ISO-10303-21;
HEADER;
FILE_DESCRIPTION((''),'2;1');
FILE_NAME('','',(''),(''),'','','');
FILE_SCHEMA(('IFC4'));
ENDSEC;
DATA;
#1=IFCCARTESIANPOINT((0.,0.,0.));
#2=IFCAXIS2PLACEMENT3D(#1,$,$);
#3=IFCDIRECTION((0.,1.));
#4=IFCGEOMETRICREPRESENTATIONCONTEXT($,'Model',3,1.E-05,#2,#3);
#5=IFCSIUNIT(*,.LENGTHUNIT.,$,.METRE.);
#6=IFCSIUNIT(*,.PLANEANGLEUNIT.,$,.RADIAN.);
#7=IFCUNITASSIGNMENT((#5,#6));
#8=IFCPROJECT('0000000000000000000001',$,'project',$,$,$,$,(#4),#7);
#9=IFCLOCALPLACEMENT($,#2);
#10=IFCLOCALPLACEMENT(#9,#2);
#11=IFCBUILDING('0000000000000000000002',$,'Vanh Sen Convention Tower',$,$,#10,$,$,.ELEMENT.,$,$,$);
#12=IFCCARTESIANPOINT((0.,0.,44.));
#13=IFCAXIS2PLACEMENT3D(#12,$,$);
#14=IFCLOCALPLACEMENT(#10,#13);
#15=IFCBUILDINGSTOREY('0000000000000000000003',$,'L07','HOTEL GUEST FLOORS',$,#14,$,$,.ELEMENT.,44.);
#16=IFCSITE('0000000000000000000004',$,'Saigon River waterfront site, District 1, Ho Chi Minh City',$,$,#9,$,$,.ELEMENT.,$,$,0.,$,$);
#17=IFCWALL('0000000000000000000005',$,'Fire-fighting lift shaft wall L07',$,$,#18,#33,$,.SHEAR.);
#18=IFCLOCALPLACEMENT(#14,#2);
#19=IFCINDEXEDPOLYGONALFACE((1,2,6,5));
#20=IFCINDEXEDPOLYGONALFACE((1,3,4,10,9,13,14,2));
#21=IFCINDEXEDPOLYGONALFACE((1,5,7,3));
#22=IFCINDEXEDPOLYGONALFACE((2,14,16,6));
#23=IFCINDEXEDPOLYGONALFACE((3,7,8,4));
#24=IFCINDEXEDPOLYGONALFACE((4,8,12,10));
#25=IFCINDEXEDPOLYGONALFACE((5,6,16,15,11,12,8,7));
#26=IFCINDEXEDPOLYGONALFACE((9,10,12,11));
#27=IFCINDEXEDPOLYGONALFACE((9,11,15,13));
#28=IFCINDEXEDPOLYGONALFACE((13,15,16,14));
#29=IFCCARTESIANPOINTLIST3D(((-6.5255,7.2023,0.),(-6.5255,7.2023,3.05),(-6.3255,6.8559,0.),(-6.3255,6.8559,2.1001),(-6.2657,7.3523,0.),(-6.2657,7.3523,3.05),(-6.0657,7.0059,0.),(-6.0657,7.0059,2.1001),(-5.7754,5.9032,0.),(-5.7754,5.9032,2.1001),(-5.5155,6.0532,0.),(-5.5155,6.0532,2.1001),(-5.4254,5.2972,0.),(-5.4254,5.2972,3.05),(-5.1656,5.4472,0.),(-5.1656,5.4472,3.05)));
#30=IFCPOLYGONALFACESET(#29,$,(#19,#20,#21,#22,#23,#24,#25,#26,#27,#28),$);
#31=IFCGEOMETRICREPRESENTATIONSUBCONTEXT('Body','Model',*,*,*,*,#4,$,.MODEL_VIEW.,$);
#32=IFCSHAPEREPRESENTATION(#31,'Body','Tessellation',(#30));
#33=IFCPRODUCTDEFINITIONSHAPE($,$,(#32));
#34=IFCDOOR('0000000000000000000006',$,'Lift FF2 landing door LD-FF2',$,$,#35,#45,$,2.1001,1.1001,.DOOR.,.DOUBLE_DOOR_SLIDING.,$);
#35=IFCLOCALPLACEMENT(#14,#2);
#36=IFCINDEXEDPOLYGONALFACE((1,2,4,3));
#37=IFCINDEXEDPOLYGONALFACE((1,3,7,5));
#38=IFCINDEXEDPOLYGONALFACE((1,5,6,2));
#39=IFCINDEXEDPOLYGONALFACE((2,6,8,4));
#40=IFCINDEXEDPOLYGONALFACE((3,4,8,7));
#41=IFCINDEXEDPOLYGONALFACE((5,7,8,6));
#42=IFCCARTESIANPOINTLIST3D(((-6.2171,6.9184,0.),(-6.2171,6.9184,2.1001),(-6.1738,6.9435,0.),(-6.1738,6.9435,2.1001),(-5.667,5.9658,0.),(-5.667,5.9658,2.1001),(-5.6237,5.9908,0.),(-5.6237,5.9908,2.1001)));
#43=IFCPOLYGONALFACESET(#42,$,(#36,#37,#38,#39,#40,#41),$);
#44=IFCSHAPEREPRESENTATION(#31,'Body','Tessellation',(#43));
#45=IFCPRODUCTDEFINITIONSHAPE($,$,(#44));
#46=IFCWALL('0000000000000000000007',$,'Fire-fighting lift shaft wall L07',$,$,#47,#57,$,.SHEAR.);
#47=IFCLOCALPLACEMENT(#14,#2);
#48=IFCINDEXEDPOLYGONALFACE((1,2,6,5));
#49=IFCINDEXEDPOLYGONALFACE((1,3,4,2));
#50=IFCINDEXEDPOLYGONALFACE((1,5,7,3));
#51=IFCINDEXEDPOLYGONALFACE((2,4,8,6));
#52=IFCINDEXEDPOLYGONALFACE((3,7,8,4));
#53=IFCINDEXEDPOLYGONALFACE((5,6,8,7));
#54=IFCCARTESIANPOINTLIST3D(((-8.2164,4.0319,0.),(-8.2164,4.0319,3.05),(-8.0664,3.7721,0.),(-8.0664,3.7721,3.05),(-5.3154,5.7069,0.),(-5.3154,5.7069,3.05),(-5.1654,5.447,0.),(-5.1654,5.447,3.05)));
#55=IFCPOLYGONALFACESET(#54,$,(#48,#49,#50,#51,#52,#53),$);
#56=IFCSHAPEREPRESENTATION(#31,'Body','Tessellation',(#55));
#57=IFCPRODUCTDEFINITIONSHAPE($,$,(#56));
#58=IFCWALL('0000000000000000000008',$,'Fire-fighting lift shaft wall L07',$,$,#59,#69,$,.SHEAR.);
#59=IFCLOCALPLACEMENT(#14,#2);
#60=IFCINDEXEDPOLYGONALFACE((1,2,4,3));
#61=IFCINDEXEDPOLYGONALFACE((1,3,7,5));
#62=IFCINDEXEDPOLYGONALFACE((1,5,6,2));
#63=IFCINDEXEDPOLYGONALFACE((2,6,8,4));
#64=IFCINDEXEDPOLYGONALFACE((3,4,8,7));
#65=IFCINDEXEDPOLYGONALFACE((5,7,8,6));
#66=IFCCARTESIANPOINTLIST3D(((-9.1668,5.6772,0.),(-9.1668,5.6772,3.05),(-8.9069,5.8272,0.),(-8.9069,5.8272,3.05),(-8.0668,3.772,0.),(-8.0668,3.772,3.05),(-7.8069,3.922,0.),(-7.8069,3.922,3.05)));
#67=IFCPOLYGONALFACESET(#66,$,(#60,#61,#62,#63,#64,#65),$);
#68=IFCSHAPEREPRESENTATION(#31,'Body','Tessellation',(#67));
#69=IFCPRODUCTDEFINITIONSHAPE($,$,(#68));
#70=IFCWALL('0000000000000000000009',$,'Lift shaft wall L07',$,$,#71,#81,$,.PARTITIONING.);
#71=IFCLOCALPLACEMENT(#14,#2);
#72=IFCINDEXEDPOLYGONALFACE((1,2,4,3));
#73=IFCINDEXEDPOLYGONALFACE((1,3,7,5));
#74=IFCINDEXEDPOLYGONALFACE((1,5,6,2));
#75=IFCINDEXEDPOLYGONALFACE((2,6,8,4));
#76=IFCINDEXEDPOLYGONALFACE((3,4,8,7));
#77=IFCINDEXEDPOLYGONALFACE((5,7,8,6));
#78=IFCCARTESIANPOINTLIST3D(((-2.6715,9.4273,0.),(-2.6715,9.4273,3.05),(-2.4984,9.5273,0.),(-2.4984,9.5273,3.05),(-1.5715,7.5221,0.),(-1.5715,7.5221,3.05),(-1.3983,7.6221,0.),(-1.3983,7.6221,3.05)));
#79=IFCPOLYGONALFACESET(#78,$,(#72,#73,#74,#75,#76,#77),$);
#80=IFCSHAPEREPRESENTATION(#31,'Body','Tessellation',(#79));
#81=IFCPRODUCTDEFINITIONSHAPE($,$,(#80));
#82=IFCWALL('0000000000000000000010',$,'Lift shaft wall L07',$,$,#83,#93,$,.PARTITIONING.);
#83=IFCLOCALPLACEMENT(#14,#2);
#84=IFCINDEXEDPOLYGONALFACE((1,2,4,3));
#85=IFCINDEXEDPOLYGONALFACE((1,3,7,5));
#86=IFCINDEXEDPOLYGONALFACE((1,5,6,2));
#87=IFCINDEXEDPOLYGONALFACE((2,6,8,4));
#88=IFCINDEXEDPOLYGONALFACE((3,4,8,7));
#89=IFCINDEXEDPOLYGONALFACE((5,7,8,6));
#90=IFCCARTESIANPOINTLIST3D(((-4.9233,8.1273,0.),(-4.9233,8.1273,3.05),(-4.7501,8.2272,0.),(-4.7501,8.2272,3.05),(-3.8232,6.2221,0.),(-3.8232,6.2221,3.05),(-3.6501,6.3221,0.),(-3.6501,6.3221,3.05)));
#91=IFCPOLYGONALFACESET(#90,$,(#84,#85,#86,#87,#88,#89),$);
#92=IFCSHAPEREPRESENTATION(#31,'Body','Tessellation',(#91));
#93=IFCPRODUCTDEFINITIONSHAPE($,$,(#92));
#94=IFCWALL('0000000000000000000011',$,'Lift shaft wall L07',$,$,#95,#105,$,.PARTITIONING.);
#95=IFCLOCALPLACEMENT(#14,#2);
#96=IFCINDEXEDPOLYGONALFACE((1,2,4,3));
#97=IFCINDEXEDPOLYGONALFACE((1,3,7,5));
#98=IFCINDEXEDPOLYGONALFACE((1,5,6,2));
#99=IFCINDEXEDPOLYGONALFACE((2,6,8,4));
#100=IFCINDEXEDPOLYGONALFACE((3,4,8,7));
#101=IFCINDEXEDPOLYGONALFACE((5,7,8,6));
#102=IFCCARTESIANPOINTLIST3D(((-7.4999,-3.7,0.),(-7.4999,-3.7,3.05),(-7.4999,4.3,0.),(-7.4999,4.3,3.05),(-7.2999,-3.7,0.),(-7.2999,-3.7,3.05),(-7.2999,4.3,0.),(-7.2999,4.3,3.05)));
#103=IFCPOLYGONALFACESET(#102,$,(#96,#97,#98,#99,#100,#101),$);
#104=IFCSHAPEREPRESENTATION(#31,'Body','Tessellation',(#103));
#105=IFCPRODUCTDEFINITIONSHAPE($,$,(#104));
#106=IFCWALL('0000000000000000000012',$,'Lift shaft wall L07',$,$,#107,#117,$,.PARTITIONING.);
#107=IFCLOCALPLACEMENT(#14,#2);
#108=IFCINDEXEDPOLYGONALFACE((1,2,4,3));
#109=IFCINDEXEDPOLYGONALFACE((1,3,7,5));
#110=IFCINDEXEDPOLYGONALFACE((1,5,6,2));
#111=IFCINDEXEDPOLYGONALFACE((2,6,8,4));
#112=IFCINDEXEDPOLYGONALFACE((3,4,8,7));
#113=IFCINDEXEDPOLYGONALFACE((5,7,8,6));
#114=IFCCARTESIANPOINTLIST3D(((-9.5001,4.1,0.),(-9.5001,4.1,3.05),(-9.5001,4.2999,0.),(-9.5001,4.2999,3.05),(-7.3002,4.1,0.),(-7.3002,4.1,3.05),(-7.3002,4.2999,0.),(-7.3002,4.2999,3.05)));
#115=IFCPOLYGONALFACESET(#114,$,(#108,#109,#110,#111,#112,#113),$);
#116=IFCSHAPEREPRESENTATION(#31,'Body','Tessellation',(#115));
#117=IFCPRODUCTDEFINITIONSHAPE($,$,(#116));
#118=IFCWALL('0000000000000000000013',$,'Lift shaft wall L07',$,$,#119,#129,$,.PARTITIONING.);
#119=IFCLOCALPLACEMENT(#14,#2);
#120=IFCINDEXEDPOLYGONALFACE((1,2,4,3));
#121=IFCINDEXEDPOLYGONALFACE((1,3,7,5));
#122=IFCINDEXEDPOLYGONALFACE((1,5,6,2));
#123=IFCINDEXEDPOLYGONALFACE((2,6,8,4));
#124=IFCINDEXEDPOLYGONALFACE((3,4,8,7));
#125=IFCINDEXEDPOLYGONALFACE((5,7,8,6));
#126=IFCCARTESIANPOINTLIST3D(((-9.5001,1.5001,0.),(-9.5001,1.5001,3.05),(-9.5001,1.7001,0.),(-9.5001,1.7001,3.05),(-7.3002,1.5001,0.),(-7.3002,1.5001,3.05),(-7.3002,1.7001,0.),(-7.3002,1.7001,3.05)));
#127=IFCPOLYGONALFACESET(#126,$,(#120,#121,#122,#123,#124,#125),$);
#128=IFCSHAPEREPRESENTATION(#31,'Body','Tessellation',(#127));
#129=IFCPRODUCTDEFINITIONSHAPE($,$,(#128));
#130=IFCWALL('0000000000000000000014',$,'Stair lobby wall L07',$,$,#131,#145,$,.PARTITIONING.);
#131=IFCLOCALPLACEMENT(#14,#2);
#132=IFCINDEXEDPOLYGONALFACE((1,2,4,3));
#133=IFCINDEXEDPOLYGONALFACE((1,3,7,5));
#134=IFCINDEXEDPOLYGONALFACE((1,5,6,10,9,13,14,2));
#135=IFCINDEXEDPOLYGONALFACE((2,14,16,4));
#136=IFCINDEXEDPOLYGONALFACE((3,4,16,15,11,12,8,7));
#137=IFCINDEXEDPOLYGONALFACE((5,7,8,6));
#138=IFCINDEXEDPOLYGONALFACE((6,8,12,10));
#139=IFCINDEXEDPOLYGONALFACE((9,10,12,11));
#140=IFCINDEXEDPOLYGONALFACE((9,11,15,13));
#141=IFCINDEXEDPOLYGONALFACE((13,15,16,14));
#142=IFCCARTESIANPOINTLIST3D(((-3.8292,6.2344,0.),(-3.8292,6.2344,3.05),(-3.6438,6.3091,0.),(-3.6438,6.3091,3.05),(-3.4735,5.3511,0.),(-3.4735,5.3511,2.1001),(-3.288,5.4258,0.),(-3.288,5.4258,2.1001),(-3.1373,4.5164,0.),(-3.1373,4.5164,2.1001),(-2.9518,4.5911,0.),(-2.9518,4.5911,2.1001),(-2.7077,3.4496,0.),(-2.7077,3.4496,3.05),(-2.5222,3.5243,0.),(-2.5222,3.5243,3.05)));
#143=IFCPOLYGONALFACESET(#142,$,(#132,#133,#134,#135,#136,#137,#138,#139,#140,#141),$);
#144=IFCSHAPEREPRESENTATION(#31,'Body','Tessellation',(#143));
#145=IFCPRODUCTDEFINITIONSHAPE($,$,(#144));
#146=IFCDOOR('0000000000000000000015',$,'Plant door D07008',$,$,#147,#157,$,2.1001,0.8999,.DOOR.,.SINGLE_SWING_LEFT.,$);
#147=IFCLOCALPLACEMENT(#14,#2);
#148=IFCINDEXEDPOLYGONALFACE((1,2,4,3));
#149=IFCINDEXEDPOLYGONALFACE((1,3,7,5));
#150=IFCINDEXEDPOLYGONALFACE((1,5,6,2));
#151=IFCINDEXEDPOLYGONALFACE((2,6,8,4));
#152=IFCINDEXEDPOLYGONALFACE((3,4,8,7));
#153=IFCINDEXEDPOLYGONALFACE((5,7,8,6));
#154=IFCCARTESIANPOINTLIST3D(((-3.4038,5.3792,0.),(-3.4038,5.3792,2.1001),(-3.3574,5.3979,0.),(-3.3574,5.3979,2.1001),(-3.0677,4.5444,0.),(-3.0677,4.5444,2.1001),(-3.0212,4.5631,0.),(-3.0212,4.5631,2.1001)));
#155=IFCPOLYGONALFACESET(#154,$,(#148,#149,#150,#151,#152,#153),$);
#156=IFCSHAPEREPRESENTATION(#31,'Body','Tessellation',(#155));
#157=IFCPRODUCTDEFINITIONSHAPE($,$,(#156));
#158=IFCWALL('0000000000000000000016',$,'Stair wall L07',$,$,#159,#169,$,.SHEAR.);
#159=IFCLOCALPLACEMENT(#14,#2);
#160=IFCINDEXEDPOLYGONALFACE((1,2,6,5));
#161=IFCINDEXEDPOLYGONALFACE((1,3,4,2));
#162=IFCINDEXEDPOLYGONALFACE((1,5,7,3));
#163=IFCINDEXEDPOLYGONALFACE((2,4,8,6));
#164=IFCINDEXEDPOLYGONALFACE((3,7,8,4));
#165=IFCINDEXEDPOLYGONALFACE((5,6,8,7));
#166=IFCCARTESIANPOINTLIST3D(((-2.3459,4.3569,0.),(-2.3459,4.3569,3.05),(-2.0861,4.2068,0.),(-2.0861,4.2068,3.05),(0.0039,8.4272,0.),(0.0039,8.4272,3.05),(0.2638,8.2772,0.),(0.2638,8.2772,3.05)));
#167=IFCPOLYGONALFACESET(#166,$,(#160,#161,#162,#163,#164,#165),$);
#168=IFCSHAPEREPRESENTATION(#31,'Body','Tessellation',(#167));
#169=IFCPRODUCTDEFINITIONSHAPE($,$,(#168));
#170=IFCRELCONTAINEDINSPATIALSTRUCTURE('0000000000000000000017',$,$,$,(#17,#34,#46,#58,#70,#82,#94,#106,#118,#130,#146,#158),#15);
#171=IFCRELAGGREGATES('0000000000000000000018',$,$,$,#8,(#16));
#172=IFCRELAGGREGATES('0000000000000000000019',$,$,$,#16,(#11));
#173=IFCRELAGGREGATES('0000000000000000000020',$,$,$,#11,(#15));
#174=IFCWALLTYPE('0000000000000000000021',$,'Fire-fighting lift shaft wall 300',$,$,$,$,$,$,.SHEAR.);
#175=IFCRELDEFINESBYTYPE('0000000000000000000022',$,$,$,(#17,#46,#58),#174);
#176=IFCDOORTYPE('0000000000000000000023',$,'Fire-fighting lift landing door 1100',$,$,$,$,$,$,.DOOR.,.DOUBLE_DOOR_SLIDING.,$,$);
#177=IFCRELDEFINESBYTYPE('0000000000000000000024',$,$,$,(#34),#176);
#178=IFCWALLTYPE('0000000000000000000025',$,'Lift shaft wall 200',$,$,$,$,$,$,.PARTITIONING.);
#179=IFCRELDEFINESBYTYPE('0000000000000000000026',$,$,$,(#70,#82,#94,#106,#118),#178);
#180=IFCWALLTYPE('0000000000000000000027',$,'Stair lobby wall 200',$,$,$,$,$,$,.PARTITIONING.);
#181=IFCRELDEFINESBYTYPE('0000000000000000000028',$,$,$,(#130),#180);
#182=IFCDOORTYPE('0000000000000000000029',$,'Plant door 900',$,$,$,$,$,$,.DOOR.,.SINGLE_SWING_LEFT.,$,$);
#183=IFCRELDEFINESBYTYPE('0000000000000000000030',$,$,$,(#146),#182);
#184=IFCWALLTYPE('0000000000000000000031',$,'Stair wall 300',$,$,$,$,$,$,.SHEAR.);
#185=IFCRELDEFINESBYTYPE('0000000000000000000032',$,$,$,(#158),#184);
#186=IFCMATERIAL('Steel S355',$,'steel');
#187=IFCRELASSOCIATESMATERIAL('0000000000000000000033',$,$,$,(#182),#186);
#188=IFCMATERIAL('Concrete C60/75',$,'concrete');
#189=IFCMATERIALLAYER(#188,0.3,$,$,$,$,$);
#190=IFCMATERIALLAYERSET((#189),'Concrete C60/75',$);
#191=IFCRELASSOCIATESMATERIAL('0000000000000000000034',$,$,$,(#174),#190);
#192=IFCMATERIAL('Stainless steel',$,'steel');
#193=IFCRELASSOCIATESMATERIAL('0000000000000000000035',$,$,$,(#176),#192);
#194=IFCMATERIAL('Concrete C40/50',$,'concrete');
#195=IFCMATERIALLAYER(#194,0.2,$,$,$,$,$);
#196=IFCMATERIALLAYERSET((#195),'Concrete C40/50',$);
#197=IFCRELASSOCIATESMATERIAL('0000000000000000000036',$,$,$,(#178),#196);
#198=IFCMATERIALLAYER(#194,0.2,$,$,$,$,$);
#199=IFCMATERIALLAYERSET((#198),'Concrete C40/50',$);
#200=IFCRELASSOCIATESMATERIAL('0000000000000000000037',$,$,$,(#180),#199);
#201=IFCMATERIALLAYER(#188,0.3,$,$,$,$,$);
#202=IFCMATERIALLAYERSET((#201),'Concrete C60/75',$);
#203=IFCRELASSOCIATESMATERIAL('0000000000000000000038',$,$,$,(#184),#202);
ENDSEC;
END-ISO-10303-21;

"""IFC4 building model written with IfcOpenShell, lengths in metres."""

from ifc_helpers import new_model, si_unit, direction, frame, frame_2d, origin, place, context, subcontext, project, spatial, rectangle, extrude, material, layer, layer_set, type_object, element, fill, save


model = new_model("IFC4")

# Units and contexts
model_context = context("Model", 3, precision=1e-05, world=origin(), true_north=direction((0.0, 1.0)))
body_context = subcontext(model_context, "Body", "Model", "MODEL_VIEW")
ifc_project = project(units=[si_unit("LENGTHUNIT", "METRE"), si_unit("PLANEANGLEUNIT", "RADIAN")], contexts=[model_context])

# Site, building, storey
site_placement = place(None, origin())
site = spatial("IfcSite", under=ifc_project, at=site_placement, Name="Saigon River waterfront site, District 1, Ho Chi Minh City", CompositionType="ELEMENT", RefElevation=0.0)
building_placement = place(site_placement, origin())
building = spatial("IfcBuilding", under=site, at=building_placement, Name="Vanh Sen Convention Tower", CompositionType="ELEMENT")
storey_placement = place(building_placement, frame((0.0, 0.0, 44.0)))
storey = spatial("IfcBuildingStorey", under=building, at=storey_placement, Name="L07", Description="HOTEL GUEST FLOORS", CompositionType="ELEMENT", Elevation=44.0)

# Shared definitions
ifc_material_1 = material(Name="Steel S355", Category="steel")
door_type_1 = type_object("IfcDoorType", Name="Plant door 900", OperationType="SINGLE_SWING_LEFT", PredefinedType="DOOR", material=ifc_material_1)

# Wall, opening, door
ifc_material_2 = material(Name="Concrete C60/75", Category="concrete")
ifc_layer_1 = layer(ifc_material_2, 0.3)
ifc_layer_set_1 = layer_set([ifc_layer_1], Name="Concrete C60/75")
wall_type_1 = type_object("IfcWallType", Name="Fire-fighting lift shaft wall 300", PredefinedType="SHEAR", material=ifc_layer_set_1)
wall_1_placement = place(storey_placement, frame((-5.2954, 5.3721, 0.0), z_axis=(0.0, 0.0, 1.0), x_axis=(-0.500078, 0.86598, 0.0)))
wall_1 = element("IfcWall", 1, at=wall_1_placement, inside=storey, type_object=wall_type_1, Name="Fire-fighting lift shaft wall L07", PredefinedType="SHEAR", context=body_context, shape_type="SweptSolid", body=[
    extrude(rectangle(XDim=2.2, YDim=0.3, at=frame_2d((1.1001, 0.0))), origin(), (0.0, 0.0, 1.0), 3.05),
])
opening_1_placement = place(wall_1_placement, frame((0.7, 0.0, 0.0)))
opening_1 = element("IfcOpeningElement", 2, at=opening_1_placement, cuts=wall_1, PredefinedType="OPENING", context=body_context, shape_type="SweptSolid", body=[
    extrude(rectangle(XDim=1.1001, YDim=2.1001, at=frame_2d((0.55, 1.05))), frame((0.0, 0.1599, 0.0), z_axis=(0.0, -1.0, 0.0), x_axis=(1.0, 0.0, 0.0)), (0.0, 0.0, 1.0), 0.3201),
])
ifc_material_3 = material(Name="Stainless steel", Category="steel")
door_type_2 = type_object("IfcDoorType", Name="Fire-fighting lift landing door 1100", OperationType="DOUBLE_DOOR_SLIDING", PredefinedType="DOOR", material=ifc_material_3)
door_1_placement = place(opening_1_placement, origin())
door_1 = element("IfcDoor", 3, at=door_1_placement, inside=storey, type_object=door_type_2, Name="Lift FF2 landing door LD-FF2", OperationType="DOUBLE_DOOR_SLIDING", OverallHeight=2.1001, OverallWidth=1.1001, PredefinedType="DOOR", context=body_context, shape_type="SweptSolid", body=[
    extrude(rectangle(XDim=1.1001, YDim=2.1001, at=frame_2d((0.55, 1.05))), frame((0.0, 0.0249, 0.0), z_axis=(0.0, -1.0, 0.0), x_axis=(1.0, 0.0, 0.0)), (0.0, 0.0, 1.0), 0.05),
])
fill(opening_1, door_1)

# Walls
wall_2_placement = place(storey_placement, frame((-5.2405, 5.5769, 0.0), z_axis=(0.0, 0.0, 1.0), x_axis=(-0.866014, -0.500019, 0.0)))
element("IfcWall", 4, at=wall_2_placement, inside=storey, type_object=wall_type_1, Name="Fire-fighting lift shaft wall L07", PredefinedType="SHEAR", context=body_context, shape_type="SweptSolid", body=[
    extrude(rectangle(XDim=3.3499, YDim=0.3, at=frame_2d((1.6748, 0.0))), origin(), (0.0, 0.0, 1.0), 3.05),
])
wall_3_placement = place(storey_placement, frame((-7.9368, 3.8469, 0.0), z_axis=(0.0, 0.0, 1.0), x_axis=(-0.50003, 0.866008, 0.0)))
element("IfcWall", 5, at=wall_3_placement, inside=storey, type_object=wall_type_1, Name="Fire-fighting lift shaft wall L07", PredefinedType="SHEAR", context=body_context, shape_type="SweptSolid", body=[
    extrude(rectangle(XDim=2.2, YDim=0.3, at=frame_2d((1.1001, 0.0))), origin(), (0.0, 0.0, 1.0), 3.05),
])
ifc_material_4 = material(Name="Concrete C40/50", Category="concrete")
ifc_layer_2 = layer(ifc_material_4, 0.2)
ifc_layer_set_2 = layer_set([ifc_layer_2], Name="Concrete C40/50")
wall_type_2 = type_object("IfcWallType", Name="Lift shaft wall 200", PredefinedType="PARTITIONING", material=ifc_layer_set_2)
for number, where, z_axis, x_axis, name in (
    (6, (-1.4849, 7.572, 0.0), (0.0, 0.0, 1.0), (-0.50003, 0.866008, 0.0), "Lift shaft wall L07"),
    (7, (-3.7366, 6.272, 0.0), (0.0, 0.0, 1.0), (-0.50003, 0.866008, 0.0), "Lift shaft wall L07"),
):
    element("IfcWall", number, at=place(storey_placement, frame(where, z_axis=z_axis, x_axis=x_axis)), inside=storey, type_object=wall_type_2, Name=name, PredefinedType="PARTITIONING", context=body_context, shape_type="SweptSolid", body=[
        extrude(rectangle(XDim=2.2, YDim=0.2, at=frame_2d((1.1001, 0.0))), origin(), (0.0, 0.0, 1.0), 3.05),
    ])
wall_4_placement = place(storey_placement, frame((-7.3999, 4.3, 0.0), z_axis=(0.0, 0.0, 1.0), x_axis=(0.0, -1.0, 0.0)))
element("IfcWall", 8, at=wall_4_placement, inside=storey, type_object=wall_type_2, Name="Lift shaft wall L07", PredefinedType="PARTITIONING", context=body_context, shape_type="SweptSolid", body=[
    extrude(rectangle(XDim=8.0, YDim=0.2, at=frame_2d((4.0, 0.0))), origin(), (0.0, 0.0, 1.0), 3.05),
])
for number, where, z_axis, x_axis, name in (
    (9, (-7.3, 4.2, 0.0), (0.0, 0.0, 1.0), (-1.0, 0.0, 0.0), "Lift shaft wall L07"),
    (10, (-7.3, 1.6001, 0.0), (0.0, 0.0, 1.0), (-1.0, 0.0, 0.0), "Lift shaft wall L07"),
):
    element("IfcWall", number, at=place(storey_placement, frame(where, z_axis=z_axis, x_axis=x_axis)), inside=storey, type_object=wall_type_2, Name=name, PredefinedType="PARTITIONING", context=body_context, shape_type="SweptSolid", body=[
        extrude(rectangle(XDim=2.2, YDim=0.2, at=frame_2d((1.1001, 0.0))), origin(), (0.0, 0.0, 1.0), 3.05),
    ])

# Wall, opening, door
ifc_layer_3 = layer(ifc_material_4, 0.2)
ifc_layer_set_3 = layer_set([ifc_layer_3], Name="Concrete C40/50")
wall_type_3 = type_object("IfcWallType", Name="Stair lobby wall 200", PredefinedType="PARTITIONING", material=ifc_layer_set_3)
wall_5_placement = place(storey_placement, frame((-2.615, 3.4871, 0.0), z_axis=(0.0, 0.0, 1.0), x_axis=(-0.373577, 0.927599, 0.0)))
wall_5 = element("IfcWall", 11, at=wall_5_placement, inside=storey, type_object=wall_type_3, Name="Stair lobby wall L07", PredefinedType="PARTITIONING", context=body_context, shape_type="SweptSolid", body=[
    extrude(rectangle(XDim=3.0022, YDim=0.2, at=frame_2d((1.501, 0.0))), origin(), (0.0, 0.0, 1.0), 3.05),
])
opening_2_placement = place(wall_5_placement, frame((1.1499, 0.0, 0.0)))
opening_2 = element("IfcOpeningElement", 12, at=opening_2_placement, cuts=wall_5, PredefinedType="OPENING", context=body_context, shape_type="SweptSolid", body=[
    extrude(rectangle(XDim=0.8999, YDim=2.1001, at=frame_2d((0.45, 1.05))), frame((0.0, 0.1099, 0.0), z_axis=(0.0, -1.0, 0.0), x_axis=(1.0, 0.0, 0.0)), (0.0, 0.0, 1.0), 0.22),
])
door_2_placement = place(opening_2_placement, origin())
door_2 = element("IfcDoor", 13, at=door_2_placement, inside=storey, type_object=door_type_1, Name="Plant door D07008", OperationType="SINGLE_SWING_LEFT", OverallHeight=2.1001, OverallWidth=0.8999, PredefinedType="DOOR", context=body_context, shape_type="SweptSolid", body=[
    extrude(rectangle(XDim=0.8999, YDim=2.1001, at=frame_2d((0.45, 1.05))), frame((0.0, 0.0249, 0.0), z_axis=(0.0, -1.0, 0.0), x_axis=(1.0, 0.0, 0.0)), (0.0, 0.0, 1.0), 0.05),
])
fill(opening_2, door_2)

# Wall
ifc_layer_4 = layer(ifc_material_2, 0.3)
ifc_layer_set_4 = layer_set([ifc_layer_4], Name="Concrete C60/75")
wall_type_4 = type_object("IfcWallType", Name="Stair wall 300", PredefinedType="SHEAR", material=ifc_layer_set_4)
wall_6_placement = place(storey_placement, frame((-2.2161, 4.2817, 0.0), z_axis=(0.0, 0.0, 1.0), x_axis=(0.499977, 0.866039, 0.0)))
element("IfcWall", 14, at=wall_6_placement, inside=storey, type_object=wall_type_4, Name="Stair wall L07", PredefinedType="SHEAR", context=body_context, shape_type="SweptSolid", body=[
    extrude(rectangle(XDim=4.7, YDim=0.3, at=frame_2d((2.3501, 0.0))), origin(), (0.0, 0.0, 1.0), 3.05),
])

save(model, "model.ifc")
